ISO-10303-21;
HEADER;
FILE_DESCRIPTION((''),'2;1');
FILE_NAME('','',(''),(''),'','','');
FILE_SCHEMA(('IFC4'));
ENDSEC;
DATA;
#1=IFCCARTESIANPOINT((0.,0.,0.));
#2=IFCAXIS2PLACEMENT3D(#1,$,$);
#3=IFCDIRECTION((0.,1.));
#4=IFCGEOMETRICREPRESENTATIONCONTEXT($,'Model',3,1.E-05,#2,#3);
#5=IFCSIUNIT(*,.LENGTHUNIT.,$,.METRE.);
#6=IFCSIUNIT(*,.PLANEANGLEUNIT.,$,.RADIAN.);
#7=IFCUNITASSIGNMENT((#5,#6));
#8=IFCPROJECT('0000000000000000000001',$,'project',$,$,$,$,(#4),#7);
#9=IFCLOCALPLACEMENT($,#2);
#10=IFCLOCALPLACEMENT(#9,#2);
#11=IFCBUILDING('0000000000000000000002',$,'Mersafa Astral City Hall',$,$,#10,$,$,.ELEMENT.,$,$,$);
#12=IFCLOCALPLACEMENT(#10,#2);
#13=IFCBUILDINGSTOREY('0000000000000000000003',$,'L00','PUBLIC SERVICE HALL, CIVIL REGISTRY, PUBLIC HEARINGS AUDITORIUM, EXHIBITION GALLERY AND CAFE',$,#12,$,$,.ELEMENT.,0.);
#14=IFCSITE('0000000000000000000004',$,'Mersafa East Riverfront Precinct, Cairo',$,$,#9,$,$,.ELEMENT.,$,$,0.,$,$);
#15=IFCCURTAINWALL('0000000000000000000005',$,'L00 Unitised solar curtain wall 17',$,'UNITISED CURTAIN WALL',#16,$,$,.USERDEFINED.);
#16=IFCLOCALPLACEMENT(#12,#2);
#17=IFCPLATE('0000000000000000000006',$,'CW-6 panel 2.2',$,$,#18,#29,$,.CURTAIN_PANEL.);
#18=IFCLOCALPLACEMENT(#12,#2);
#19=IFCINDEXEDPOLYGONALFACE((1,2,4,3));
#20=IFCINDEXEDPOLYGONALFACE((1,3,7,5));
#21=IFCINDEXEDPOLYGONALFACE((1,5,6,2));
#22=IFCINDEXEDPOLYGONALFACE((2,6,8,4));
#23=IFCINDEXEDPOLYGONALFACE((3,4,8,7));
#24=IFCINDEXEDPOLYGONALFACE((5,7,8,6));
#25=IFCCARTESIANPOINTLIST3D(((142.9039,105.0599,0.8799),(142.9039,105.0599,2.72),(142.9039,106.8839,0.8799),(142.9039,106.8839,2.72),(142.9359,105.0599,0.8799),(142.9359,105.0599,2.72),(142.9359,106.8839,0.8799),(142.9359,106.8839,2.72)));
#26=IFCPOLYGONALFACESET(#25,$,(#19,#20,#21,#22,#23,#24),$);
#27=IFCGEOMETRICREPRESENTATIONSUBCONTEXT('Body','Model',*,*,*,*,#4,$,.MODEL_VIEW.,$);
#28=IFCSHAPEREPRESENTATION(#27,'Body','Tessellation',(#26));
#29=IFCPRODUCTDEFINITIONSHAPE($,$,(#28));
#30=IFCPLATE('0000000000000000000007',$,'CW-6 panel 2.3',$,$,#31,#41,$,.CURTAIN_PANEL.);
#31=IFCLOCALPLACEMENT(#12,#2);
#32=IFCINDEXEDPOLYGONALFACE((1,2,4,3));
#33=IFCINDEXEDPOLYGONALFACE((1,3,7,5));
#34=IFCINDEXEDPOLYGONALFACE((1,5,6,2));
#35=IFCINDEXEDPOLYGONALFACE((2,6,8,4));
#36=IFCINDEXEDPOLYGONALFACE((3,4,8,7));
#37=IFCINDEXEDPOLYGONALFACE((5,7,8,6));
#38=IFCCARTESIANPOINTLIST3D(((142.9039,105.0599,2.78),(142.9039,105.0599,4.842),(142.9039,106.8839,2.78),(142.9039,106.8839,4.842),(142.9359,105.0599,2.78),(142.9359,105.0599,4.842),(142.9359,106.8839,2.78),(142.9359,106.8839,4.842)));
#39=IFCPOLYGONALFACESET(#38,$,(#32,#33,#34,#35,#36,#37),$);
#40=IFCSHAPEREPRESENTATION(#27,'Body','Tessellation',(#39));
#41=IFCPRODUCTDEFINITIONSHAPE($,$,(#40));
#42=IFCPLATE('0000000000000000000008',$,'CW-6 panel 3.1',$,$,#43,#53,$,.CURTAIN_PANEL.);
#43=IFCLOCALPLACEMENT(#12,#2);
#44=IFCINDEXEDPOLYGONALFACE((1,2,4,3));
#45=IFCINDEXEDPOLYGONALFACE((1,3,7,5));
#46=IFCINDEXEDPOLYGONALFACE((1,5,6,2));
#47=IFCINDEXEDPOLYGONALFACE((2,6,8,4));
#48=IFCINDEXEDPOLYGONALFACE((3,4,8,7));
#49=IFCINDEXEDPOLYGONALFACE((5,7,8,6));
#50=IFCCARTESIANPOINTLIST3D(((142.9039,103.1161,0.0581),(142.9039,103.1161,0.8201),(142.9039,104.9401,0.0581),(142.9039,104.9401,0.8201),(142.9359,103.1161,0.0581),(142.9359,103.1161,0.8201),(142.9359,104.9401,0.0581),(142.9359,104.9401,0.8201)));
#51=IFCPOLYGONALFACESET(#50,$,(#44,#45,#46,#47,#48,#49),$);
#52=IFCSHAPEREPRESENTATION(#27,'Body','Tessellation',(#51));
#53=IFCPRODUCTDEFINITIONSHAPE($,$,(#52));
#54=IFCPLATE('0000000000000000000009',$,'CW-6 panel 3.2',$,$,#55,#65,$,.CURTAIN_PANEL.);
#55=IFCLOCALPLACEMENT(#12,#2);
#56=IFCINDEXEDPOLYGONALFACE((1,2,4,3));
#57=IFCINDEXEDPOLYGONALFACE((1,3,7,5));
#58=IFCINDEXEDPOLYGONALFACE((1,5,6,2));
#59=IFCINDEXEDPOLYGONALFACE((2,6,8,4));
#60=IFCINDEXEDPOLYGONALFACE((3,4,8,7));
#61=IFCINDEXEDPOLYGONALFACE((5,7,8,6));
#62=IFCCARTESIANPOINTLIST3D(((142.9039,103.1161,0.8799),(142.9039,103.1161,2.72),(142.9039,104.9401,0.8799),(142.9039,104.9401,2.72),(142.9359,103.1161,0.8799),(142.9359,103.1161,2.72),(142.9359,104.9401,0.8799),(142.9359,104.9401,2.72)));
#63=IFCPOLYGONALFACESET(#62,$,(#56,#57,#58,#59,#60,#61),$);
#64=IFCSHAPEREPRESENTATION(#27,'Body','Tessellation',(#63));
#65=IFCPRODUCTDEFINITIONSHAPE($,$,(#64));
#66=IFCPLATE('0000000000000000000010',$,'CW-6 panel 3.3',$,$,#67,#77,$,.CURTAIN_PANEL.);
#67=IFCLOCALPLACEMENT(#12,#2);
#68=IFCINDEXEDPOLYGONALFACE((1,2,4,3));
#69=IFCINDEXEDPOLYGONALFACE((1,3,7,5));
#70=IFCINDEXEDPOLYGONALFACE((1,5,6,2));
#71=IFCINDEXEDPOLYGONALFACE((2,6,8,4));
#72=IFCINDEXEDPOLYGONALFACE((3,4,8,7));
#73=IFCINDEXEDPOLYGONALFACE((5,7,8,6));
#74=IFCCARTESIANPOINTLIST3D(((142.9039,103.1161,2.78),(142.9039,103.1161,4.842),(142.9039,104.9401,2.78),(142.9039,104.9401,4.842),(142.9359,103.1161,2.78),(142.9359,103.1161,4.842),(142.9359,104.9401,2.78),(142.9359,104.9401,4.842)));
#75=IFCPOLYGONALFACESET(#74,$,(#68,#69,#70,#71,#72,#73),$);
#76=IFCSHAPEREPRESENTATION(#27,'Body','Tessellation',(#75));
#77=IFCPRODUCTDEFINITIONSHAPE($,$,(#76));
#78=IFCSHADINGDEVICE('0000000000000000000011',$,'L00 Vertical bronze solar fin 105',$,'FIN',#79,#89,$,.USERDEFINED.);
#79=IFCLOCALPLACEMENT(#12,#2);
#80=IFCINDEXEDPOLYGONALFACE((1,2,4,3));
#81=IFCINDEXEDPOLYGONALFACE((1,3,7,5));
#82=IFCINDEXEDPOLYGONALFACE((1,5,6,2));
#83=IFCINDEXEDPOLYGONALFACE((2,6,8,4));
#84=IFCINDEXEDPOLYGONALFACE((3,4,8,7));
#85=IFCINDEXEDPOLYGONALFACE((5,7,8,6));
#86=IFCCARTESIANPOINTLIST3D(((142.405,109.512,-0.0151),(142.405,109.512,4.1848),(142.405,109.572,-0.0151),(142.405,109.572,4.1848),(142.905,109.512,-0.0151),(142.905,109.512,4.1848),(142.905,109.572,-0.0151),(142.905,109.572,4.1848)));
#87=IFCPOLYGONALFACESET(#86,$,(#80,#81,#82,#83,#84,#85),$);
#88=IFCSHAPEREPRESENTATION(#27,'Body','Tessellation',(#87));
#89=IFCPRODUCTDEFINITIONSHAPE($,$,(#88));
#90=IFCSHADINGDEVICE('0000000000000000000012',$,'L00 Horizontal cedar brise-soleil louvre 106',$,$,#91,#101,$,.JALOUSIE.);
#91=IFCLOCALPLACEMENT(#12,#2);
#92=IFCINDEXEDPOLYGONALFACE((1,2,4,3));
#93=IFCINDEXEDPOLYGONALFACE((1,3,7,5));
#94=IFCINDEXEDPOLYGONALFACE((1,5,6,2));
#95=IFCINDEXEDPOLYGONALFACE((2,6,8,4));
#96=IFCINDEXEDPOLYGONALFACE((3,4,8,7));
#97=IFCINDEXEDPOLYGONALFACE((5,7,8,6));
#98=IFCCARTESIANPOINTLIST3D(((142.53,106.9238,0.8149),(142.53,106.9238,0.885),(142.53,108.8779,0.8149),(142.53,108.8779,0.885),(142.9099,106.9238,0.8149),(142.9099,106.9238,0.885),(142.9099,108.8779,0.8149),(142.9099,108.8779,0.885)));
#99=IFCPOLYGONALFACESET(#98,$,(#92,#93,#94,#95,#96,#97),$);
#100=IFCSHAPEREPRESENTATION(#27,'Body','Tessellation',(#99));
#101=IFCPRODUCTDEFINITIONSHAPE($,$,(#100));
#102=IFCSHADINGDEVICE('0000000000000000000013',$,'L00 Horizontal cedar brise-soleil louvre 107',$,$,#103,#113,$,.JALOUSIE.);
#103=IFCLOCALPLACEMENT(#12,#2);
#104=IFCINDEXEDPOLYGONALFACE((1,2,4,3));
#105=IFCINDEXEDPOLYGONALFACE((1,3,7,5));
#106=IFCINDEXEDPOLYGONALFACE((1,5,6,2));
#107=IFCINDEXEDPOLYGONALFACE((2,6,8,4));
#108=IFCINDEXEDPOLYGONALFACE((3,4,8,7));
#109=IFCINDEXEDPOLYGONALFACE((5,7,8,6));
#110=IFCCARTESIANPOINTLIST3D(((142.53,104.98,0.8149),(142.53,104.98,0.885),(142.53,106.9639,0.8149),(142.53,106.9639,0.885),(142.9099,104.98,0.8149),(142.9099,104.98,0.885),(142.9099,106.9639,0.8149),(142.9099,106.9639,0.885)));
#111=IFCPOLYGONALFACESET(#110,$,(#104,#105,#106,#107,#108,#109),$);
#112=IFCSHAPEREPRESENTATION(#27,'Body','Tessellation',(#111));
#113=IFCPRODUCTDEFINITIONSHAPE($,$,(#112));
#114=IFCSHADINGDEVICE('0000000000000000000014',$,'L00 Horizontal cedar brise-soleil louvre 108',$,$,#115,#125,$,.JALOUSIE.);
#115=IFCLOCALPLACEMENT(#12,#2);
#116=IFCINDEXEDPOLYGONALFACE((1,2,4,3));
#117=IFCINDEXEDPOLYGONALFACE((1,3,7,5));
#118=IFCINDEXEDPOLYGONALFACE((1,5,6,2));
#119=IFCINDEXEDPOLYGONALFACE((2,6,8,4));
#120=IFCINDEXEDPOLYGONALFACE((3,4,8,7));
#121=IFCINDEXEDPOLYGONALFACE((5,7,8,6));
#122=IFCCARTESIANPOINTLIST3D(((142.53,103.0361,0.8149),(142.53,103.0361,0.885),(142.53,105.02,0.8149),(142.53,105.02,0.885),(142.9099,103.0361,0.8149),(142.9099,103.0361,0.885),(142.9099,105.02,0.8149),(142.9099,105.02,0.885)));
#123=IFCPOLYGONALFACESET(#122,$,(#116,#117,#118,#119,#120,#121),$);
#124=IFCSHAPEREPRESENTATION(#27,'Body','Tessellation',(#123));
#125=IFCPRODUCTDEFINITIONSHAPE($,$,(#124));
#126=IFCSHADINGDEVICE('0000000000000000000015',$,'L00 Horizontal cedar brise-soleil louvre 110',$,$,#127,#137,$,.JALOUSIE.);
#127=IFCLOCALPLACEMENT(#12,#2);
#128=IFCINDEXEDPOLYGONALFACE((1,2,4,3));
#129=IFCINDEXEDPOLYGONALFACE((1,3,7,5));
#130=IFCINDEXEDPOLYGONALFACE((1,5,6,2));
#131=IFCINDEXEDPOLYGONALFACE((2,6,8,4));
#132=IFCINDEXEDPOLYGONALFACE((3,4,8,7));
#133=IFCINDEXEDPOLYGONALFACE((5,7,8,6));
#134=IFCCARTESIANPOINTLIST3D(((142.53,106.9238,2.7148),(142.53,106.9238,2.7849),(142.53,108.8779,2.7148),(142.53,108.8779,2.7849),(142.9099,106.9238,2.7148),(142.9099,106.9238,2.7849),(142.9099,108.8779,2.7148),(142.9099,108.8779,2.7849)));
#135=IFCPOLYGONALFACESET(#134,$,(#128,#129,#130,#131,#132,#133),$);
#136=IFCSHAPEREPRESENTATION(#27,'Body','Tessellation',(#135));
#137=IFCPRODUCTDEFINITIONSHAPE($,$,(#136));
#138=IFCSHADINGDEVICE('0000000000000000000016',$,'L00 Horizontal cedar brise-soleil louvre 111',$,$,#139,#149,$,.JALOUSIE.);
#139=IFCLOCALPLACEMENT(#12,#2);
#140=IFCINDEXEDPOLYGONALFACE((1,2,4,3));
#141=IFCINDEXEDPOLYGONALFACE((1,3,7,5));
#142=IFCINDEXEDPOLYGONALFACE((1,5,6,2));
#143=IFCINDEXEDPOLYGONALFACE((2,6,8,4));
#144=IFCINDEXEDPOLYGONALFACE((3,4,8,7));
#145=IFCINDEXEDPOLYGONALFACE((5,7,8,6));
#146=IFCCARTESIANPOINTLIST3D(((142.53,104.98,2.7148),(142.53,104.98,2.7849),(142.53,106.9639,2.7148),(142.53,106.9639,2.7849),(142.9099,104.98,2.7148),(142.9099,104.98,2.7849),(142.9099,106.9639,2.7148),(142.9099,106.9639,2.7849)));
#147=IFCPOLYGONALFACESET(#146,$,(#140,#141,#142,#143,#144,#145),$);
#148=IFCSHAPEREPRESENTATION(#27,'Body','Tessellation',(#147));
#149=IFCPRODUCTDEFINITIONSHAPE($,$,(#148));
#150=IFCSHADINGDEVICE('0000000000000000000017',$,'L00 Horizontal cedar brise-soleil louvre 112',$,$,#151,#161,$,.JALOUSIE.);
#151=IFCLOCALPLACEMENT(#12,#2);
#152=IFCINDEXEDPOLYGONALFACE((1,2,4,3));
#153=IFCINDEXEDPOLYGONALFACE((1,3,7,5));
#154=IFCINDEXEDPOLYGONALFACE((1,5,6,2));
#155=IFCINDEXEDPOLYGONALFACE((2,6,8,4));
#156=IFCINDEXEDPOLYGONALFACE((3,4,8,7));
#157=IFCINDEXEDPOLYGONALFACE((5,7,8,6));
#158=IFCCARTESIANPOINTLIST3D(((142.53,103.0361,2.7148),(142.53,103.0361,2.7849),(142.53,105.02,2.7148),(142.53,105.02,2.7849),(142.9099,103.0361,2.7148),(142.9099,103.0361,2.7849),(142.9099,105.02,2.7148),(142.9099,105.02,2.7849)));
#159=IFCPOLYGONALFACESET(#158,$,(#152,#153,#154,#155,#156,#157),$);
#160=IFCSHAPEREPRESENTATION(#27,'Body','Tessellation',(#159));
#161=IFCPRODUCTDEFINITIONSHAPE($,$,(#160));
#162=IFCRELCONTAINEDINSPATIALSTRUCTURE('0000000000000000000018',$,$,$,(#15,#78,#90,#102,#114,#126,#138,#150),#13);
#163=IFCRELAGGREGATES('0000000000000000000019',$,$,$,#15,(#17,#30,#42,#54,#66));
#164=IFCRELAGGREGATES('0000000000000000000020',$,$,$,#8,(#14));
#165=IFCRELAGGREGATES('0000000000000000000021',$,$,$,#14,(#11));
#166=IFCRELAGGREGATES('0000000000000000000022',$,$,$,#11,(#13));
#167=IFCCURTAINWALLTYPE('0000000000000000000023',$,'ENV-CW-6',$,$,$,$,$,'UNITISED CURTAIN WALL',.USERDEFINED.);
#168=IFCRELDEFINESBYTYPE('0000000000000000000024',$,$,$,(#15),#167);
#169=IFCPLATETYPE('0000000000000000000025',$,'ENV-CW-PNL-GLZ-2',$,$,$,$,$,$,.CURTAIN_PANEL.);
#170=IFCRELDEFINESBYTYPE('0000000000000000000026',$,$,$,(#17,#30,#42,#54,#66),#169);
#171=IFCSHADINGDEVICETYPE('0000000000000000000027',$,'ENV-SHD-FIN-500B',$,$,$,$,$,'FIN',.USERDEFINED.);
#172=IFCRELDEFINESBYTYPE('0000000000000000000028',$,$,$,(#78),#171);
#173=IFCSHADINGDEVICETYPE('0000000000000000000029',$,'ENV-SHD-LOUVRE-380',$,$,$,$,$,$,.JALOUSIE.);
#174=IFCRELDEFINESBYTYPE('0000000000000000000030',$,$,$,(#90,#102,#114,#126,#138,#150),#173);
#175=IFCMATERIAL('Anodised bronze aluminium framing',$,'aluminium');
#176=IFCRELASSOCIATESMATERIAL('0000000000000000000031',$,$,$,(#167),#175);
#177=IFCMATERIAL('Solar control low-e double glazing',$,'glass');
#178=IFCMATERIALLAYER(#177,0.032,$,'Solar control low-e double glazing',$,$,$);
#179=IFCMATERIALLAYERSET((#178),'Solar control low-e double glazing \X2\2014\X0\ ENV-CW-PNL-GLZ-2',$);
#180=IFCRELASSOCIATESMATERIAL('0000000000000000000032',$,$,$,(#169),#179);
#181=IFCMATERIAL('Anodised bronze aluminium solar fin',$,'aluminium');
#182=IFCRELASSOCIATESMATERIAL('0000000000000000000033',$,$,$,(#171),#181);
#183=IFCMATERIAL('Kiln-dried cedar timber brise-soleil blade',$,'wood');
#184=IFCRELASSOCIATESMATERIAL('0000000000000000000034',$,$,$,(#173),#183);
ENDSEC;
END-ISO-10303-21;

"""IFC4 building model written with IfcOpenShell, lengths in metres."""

from ifc_helpers import new_model, si_unit, direction, frame, origin, origin_2d, place, context, subcontext, project, spatial, rectangle, extrude, material, layer, layer_set, type_object, element, aggregate, save


model = new_model("IFC4")

# Units and contexts
model_context = context("Model", 3, precision=1e-05, world=origin(), true_north=direction((0.0, 1.0)))
body_context = subcontext(model_context, "Body", "Model", "MODEL_VIEW")
ifc_project = project(units=[si_unit("LENGTHUNIT", "METRE"), si_unit("PLANEANGLEUNIT", "RADIAN")], contexts=[model_context])

# Site, building, storey
site_placement = place(None, origin())
site = spatial("IfcSite", under=ifc_project, at=site_placement, Name="Mersafa East Riverfront Precinct, Cairo", CompositionType="ELEMENT", RefElevation=0.0)
building_placement = place(site_placement, origin())
building = spatial("IfcBuilding", under=site, at=building_placement, Name="Mersafa Astral City Hall", CompositionType="ELEMENT")
storey_placement = place(building_placement, origin())
storey = spatial("IfcBuildingStorey", under=building, at=storey_placement, Name="L00", Description="PUBLIC SERVICE HALL, CIVIL REGISTRY, PUBLIC HEARINGS AUDITORIUM, EXHIBITION GALLERY AND CAFE", CompositionType="ELEMENT", Elevation=0.0)

# Curtain wall
ifc_material_1 = material(Name="Anodised bronze aluminium framing", Category="aluminium")
curtain_wall_type = type_object("IfcCurtainWallType", Name="ENV-CW-6", ElementType="UNITISED CURTAIN WALL", PredefinedType="USERDEFINED", material=ifc_material_1)
curtain_wall_placement = place(storey_placement, origin())
curtain_wall = element("IfcCurtainWall", 1, at=curtain_wall_placement, inside=storey, type_object=curtain_wall_type, Name="L00 Unitised solar curtain wall 17", ObjectType="UNITISED CURTAIN WALL", PredefinedType="USERDEFINED")

# Plates
ifc_material_2 = material(Name="Solar control low-e double glazing", Category="glass")
ifc_layer = layer(ifc_material_2, 0.032, Name="Solar control low-e double glazing")
ifc_layer_set = layer_set([ifc_layer], Name="Solar control low-e double glazing — ENV-CW-PNL-GLZ-2")
plate_type = type_object("IfcPlateType", Name="ENV-CW-PNL-GLZ-2", PredefinedType="CURTAIN_PANEL", material=ifc_layer_set)
plate_1_placement = place(storey_placement, frame((142.9199, 105.9719, 0.8799), z_axis=(0.0, 0.0, 1.0), x_axis=(0.0, -1.0, 0.0)))
plate_1 = element("IfcPlate", 2, at=plate_1_placement, type_object=plate_type, Name="CW-6 panel 2.2", PredefinedType="CURTAIN_PANEL", context=body_context, shape_type="SweptSolid", body=[
    extrude(rectangle(XDim=1.824, YDim=0.032, at=origin_2d()), origin(), (0.0, 0.0, 1.0), 1.8401),
])
plate_2_placement = place(storey_placement, frame((142.9199, 105.9719, 2.78), z_axis=(0.0, 0.0, 1.0), x_axis=(0.0, -1.0, 0.0)))
plate_2 = element("IfcPlate", 3, at=plate_2_placement, type_object=plate_type, Name="CW-6 panel 2.3", PredefinedType="CURTAIN_PANEL", context=body_context, shape_type="SweptSolid", body=[
    extrude(rectangle(XDim=1.824, YDim=0.032, at=origin_2d()), origin(), (0.0, 0.0, 1.0), 2.062),
])
plate_3_placement = place(storey_placement, frame((142.9199, 104.0281, 0.0581), z_axis=(0.0, 0.0, 1.0), x_axis=(0.0, -1.0, 0.0)))
plate_3 = element("IfcPlate", 4, at=plate_3_placement, type_object=plate_type, Name="CW-6 panel 3.1", PredefinedType="CURTAIN_PANEL", context=body_context, shape_type="SweptSolid", body=[
    extrude(rectangle(XDim=1.824, YDim=0.032, at=origin_2d()), origin(), (0.0, 0.0, 1.0), 0.762),
])
plate_4_placement = place(storey_placement, frame((142.9199, 104.0281, 0.8799), z_axis=(0.0, 0.0, 1.0), x_axis=(0.0, -1.0, 0.0)))
plate_4 = element("IfcPlate", 5, at=plate_4_placement, type_object=plate_type, Name="CW-6 panel 3.2", PredefinedType="CURTAIN_PANEL", context=body_context, shape_type="SweptSolid", body=[
    extrude(rectangle(XDim=1.824, YDim=0.032, at=origin_2d()), origin(), (0.0, 0.0, 1.0), 1.8401),
])
plate_5_placement = place(storey_placement, frame((142.9199, 104.0281, 2.78), z_axis=(0.0, 0.0, 1.0), x_axis=(0.0, -1.0, 0.0)))
plate_5 = element("IfcPlate", 6, at=plate_5_placement, type_object=plate_type, Name="CW-6 panel 3.3", PredefinedType="CURTAIN_PANEL", context=body_context, shape_type="SweptSolid", body=[
    extrude(rectangle(XDim=1.824, YDim=0.032, at=origin_2d()), origin(), (0.0, 0.0, 1.0), 2.062),
])
aggregate(curtain_wall, [plate_1, plate_2, plate_3, plate_4, plate_5])

# Shading devices
ifc_material_3 = material(Name="Anodised bronze aluminium solar fin", Category="aluminium")
shading_device_type_1 = type_object("IfcShadingDeviceType", Name="ENV-SHD-FIN-500B", ElementType="FIN", PredefinedType="USERDEFINED", material=ifc_material_3)
shading_device_1_placement = place(storey_placement, frame((142.655, 109.542, -0.0151), z_axis=(0.0, 0.0, 1.0), x_axis=(0.0, -1.0, 0.0)))
element("IfcShadingDevice", 7, at=shading_device_1_placement, inside=storey, type_object=shading_device_type_1, Name="L00 Vertical bronze solar fin 105", ObjectType="FIN", PredefinedType="USERDEFINED", context=body_context, shape_type="SweptSolid", body=[
    extrude(rectangle(XDim=0.0601, YDim=0.5, at=origin_2d()), origin(), (0.0, 0.0, 1.0), 4.2),
])
ifc_material_4 = material(Name="Kiln-dried cedar timber brise-soleil blade", Category="wood")
shading_device_type_2 = type_object("IfcShadingDeviceType", Name="ENV-SHD-LOUVRE-380", PredefinedType="JALOUSIE", material=ifc_material_4)
shading_device_2_placement = place(storey_placement, frame((142.72, 107.9009, 0.8149), z_axis=(0.0, 0.0, 1.0), x_axis=(0.0, -1.0, 0.0)))
element("IfcShadingDevice", 8, at=shading_device_2_placement, inside=storey, type_object=shading_device_type_2, Name="L00 Horizontal cedar brise-soleil louvre 106", PredefinedType="JALOUSIE", context=body_context, shape_type="SweptSolid", body=[
    extrude(rectangle(XDim=1.9541, YDim=0.3799, at=origin_2d()), origin(), (0.0, 0.0, 1.0), 0.0701),
])
for number, where, z_axis, x_axis, name in (
    (9, (142.72, 105.9719, 0.8149), (0.0, 0.0, 1.0), (0.0, -1.0, 0.0), "L00 Horizontal cedar brise-soleil louvre 107"),
    (10, (142.72, 104.0281, 0.8149), (0.0, 0.0, 1.0), (0.0, -1.0, 0.0), "L00 Horizontal cedar brise-soleil louvre 108"),
):
    element("IfcShadingDevice", number, at=place(storey_placement, frame(where, z_axis=z_axis, x_axis=x_axis)), inside=storey, type_object=shading_device_type_2, Name=name, PredefinedType="JALOUSIE", context=body_context, shape_type="SweptSolid", body=[
        extrude(rectangle(XDim=1.9839, YDim=0.3799, at=origin_2d()), origin(), (0.0, 0.0, 1.0), 0.0701),
    ])
shading_device_3_placement = place(storey_placement, frame((142.72, 107.9009, 2.7148), z_axis=(0.0, 0.0, 1.0), x_axis=(0.0, -1.0, 0.0)))
element("IfcShadingDevice", 11, at=shading_device_3_placement, inside=storey, type_object=shading_device_type_2, Name="L00 Horizontal cedar brise-soleil louvre 110", PredefinedType="JALOUSIE", context=body_context, shape_type="SweptSolid", body=[
    extrude(rectangle(XDim=1.9541, YDim=0.3799, at=origin_2d()), origin(), (0.0, 0.0, 1.0), 0.0701),
])
for number, where, z_axis, x_axis, name in (
    (12, (142.72, 105.9719, 2.7148), (0.0, 0.0, 1.0), (0.0, -1.0, 0.0), "L00 Horizontal cedar brise-soleil louvre 111"),
    (13, (142.72, 104.0281, 2.7148), (0.0, 0.0, 1.0), (0.0, -1.0, 0.0), "L00 Horizontal cedar brise-soleil louvre 112"),
):
    element("IfcShadingDevice", number, at=place(storey_placement, frame(where, z_axis=z_axis, x_axis=x_axis)), inside=storey, type_object=shading_device_type_2, Name=name, PredefinedType="JALOUSIE", context=body_context, shape_type="SweptSolid", body=[
        extrude(rectangle(XDim=1.9839, YDim=0.3799, at=origin_2d()), origin(), (0.0, 0.0, 1.0), 0.0701),
    ])

save(model, "model.ifc")
